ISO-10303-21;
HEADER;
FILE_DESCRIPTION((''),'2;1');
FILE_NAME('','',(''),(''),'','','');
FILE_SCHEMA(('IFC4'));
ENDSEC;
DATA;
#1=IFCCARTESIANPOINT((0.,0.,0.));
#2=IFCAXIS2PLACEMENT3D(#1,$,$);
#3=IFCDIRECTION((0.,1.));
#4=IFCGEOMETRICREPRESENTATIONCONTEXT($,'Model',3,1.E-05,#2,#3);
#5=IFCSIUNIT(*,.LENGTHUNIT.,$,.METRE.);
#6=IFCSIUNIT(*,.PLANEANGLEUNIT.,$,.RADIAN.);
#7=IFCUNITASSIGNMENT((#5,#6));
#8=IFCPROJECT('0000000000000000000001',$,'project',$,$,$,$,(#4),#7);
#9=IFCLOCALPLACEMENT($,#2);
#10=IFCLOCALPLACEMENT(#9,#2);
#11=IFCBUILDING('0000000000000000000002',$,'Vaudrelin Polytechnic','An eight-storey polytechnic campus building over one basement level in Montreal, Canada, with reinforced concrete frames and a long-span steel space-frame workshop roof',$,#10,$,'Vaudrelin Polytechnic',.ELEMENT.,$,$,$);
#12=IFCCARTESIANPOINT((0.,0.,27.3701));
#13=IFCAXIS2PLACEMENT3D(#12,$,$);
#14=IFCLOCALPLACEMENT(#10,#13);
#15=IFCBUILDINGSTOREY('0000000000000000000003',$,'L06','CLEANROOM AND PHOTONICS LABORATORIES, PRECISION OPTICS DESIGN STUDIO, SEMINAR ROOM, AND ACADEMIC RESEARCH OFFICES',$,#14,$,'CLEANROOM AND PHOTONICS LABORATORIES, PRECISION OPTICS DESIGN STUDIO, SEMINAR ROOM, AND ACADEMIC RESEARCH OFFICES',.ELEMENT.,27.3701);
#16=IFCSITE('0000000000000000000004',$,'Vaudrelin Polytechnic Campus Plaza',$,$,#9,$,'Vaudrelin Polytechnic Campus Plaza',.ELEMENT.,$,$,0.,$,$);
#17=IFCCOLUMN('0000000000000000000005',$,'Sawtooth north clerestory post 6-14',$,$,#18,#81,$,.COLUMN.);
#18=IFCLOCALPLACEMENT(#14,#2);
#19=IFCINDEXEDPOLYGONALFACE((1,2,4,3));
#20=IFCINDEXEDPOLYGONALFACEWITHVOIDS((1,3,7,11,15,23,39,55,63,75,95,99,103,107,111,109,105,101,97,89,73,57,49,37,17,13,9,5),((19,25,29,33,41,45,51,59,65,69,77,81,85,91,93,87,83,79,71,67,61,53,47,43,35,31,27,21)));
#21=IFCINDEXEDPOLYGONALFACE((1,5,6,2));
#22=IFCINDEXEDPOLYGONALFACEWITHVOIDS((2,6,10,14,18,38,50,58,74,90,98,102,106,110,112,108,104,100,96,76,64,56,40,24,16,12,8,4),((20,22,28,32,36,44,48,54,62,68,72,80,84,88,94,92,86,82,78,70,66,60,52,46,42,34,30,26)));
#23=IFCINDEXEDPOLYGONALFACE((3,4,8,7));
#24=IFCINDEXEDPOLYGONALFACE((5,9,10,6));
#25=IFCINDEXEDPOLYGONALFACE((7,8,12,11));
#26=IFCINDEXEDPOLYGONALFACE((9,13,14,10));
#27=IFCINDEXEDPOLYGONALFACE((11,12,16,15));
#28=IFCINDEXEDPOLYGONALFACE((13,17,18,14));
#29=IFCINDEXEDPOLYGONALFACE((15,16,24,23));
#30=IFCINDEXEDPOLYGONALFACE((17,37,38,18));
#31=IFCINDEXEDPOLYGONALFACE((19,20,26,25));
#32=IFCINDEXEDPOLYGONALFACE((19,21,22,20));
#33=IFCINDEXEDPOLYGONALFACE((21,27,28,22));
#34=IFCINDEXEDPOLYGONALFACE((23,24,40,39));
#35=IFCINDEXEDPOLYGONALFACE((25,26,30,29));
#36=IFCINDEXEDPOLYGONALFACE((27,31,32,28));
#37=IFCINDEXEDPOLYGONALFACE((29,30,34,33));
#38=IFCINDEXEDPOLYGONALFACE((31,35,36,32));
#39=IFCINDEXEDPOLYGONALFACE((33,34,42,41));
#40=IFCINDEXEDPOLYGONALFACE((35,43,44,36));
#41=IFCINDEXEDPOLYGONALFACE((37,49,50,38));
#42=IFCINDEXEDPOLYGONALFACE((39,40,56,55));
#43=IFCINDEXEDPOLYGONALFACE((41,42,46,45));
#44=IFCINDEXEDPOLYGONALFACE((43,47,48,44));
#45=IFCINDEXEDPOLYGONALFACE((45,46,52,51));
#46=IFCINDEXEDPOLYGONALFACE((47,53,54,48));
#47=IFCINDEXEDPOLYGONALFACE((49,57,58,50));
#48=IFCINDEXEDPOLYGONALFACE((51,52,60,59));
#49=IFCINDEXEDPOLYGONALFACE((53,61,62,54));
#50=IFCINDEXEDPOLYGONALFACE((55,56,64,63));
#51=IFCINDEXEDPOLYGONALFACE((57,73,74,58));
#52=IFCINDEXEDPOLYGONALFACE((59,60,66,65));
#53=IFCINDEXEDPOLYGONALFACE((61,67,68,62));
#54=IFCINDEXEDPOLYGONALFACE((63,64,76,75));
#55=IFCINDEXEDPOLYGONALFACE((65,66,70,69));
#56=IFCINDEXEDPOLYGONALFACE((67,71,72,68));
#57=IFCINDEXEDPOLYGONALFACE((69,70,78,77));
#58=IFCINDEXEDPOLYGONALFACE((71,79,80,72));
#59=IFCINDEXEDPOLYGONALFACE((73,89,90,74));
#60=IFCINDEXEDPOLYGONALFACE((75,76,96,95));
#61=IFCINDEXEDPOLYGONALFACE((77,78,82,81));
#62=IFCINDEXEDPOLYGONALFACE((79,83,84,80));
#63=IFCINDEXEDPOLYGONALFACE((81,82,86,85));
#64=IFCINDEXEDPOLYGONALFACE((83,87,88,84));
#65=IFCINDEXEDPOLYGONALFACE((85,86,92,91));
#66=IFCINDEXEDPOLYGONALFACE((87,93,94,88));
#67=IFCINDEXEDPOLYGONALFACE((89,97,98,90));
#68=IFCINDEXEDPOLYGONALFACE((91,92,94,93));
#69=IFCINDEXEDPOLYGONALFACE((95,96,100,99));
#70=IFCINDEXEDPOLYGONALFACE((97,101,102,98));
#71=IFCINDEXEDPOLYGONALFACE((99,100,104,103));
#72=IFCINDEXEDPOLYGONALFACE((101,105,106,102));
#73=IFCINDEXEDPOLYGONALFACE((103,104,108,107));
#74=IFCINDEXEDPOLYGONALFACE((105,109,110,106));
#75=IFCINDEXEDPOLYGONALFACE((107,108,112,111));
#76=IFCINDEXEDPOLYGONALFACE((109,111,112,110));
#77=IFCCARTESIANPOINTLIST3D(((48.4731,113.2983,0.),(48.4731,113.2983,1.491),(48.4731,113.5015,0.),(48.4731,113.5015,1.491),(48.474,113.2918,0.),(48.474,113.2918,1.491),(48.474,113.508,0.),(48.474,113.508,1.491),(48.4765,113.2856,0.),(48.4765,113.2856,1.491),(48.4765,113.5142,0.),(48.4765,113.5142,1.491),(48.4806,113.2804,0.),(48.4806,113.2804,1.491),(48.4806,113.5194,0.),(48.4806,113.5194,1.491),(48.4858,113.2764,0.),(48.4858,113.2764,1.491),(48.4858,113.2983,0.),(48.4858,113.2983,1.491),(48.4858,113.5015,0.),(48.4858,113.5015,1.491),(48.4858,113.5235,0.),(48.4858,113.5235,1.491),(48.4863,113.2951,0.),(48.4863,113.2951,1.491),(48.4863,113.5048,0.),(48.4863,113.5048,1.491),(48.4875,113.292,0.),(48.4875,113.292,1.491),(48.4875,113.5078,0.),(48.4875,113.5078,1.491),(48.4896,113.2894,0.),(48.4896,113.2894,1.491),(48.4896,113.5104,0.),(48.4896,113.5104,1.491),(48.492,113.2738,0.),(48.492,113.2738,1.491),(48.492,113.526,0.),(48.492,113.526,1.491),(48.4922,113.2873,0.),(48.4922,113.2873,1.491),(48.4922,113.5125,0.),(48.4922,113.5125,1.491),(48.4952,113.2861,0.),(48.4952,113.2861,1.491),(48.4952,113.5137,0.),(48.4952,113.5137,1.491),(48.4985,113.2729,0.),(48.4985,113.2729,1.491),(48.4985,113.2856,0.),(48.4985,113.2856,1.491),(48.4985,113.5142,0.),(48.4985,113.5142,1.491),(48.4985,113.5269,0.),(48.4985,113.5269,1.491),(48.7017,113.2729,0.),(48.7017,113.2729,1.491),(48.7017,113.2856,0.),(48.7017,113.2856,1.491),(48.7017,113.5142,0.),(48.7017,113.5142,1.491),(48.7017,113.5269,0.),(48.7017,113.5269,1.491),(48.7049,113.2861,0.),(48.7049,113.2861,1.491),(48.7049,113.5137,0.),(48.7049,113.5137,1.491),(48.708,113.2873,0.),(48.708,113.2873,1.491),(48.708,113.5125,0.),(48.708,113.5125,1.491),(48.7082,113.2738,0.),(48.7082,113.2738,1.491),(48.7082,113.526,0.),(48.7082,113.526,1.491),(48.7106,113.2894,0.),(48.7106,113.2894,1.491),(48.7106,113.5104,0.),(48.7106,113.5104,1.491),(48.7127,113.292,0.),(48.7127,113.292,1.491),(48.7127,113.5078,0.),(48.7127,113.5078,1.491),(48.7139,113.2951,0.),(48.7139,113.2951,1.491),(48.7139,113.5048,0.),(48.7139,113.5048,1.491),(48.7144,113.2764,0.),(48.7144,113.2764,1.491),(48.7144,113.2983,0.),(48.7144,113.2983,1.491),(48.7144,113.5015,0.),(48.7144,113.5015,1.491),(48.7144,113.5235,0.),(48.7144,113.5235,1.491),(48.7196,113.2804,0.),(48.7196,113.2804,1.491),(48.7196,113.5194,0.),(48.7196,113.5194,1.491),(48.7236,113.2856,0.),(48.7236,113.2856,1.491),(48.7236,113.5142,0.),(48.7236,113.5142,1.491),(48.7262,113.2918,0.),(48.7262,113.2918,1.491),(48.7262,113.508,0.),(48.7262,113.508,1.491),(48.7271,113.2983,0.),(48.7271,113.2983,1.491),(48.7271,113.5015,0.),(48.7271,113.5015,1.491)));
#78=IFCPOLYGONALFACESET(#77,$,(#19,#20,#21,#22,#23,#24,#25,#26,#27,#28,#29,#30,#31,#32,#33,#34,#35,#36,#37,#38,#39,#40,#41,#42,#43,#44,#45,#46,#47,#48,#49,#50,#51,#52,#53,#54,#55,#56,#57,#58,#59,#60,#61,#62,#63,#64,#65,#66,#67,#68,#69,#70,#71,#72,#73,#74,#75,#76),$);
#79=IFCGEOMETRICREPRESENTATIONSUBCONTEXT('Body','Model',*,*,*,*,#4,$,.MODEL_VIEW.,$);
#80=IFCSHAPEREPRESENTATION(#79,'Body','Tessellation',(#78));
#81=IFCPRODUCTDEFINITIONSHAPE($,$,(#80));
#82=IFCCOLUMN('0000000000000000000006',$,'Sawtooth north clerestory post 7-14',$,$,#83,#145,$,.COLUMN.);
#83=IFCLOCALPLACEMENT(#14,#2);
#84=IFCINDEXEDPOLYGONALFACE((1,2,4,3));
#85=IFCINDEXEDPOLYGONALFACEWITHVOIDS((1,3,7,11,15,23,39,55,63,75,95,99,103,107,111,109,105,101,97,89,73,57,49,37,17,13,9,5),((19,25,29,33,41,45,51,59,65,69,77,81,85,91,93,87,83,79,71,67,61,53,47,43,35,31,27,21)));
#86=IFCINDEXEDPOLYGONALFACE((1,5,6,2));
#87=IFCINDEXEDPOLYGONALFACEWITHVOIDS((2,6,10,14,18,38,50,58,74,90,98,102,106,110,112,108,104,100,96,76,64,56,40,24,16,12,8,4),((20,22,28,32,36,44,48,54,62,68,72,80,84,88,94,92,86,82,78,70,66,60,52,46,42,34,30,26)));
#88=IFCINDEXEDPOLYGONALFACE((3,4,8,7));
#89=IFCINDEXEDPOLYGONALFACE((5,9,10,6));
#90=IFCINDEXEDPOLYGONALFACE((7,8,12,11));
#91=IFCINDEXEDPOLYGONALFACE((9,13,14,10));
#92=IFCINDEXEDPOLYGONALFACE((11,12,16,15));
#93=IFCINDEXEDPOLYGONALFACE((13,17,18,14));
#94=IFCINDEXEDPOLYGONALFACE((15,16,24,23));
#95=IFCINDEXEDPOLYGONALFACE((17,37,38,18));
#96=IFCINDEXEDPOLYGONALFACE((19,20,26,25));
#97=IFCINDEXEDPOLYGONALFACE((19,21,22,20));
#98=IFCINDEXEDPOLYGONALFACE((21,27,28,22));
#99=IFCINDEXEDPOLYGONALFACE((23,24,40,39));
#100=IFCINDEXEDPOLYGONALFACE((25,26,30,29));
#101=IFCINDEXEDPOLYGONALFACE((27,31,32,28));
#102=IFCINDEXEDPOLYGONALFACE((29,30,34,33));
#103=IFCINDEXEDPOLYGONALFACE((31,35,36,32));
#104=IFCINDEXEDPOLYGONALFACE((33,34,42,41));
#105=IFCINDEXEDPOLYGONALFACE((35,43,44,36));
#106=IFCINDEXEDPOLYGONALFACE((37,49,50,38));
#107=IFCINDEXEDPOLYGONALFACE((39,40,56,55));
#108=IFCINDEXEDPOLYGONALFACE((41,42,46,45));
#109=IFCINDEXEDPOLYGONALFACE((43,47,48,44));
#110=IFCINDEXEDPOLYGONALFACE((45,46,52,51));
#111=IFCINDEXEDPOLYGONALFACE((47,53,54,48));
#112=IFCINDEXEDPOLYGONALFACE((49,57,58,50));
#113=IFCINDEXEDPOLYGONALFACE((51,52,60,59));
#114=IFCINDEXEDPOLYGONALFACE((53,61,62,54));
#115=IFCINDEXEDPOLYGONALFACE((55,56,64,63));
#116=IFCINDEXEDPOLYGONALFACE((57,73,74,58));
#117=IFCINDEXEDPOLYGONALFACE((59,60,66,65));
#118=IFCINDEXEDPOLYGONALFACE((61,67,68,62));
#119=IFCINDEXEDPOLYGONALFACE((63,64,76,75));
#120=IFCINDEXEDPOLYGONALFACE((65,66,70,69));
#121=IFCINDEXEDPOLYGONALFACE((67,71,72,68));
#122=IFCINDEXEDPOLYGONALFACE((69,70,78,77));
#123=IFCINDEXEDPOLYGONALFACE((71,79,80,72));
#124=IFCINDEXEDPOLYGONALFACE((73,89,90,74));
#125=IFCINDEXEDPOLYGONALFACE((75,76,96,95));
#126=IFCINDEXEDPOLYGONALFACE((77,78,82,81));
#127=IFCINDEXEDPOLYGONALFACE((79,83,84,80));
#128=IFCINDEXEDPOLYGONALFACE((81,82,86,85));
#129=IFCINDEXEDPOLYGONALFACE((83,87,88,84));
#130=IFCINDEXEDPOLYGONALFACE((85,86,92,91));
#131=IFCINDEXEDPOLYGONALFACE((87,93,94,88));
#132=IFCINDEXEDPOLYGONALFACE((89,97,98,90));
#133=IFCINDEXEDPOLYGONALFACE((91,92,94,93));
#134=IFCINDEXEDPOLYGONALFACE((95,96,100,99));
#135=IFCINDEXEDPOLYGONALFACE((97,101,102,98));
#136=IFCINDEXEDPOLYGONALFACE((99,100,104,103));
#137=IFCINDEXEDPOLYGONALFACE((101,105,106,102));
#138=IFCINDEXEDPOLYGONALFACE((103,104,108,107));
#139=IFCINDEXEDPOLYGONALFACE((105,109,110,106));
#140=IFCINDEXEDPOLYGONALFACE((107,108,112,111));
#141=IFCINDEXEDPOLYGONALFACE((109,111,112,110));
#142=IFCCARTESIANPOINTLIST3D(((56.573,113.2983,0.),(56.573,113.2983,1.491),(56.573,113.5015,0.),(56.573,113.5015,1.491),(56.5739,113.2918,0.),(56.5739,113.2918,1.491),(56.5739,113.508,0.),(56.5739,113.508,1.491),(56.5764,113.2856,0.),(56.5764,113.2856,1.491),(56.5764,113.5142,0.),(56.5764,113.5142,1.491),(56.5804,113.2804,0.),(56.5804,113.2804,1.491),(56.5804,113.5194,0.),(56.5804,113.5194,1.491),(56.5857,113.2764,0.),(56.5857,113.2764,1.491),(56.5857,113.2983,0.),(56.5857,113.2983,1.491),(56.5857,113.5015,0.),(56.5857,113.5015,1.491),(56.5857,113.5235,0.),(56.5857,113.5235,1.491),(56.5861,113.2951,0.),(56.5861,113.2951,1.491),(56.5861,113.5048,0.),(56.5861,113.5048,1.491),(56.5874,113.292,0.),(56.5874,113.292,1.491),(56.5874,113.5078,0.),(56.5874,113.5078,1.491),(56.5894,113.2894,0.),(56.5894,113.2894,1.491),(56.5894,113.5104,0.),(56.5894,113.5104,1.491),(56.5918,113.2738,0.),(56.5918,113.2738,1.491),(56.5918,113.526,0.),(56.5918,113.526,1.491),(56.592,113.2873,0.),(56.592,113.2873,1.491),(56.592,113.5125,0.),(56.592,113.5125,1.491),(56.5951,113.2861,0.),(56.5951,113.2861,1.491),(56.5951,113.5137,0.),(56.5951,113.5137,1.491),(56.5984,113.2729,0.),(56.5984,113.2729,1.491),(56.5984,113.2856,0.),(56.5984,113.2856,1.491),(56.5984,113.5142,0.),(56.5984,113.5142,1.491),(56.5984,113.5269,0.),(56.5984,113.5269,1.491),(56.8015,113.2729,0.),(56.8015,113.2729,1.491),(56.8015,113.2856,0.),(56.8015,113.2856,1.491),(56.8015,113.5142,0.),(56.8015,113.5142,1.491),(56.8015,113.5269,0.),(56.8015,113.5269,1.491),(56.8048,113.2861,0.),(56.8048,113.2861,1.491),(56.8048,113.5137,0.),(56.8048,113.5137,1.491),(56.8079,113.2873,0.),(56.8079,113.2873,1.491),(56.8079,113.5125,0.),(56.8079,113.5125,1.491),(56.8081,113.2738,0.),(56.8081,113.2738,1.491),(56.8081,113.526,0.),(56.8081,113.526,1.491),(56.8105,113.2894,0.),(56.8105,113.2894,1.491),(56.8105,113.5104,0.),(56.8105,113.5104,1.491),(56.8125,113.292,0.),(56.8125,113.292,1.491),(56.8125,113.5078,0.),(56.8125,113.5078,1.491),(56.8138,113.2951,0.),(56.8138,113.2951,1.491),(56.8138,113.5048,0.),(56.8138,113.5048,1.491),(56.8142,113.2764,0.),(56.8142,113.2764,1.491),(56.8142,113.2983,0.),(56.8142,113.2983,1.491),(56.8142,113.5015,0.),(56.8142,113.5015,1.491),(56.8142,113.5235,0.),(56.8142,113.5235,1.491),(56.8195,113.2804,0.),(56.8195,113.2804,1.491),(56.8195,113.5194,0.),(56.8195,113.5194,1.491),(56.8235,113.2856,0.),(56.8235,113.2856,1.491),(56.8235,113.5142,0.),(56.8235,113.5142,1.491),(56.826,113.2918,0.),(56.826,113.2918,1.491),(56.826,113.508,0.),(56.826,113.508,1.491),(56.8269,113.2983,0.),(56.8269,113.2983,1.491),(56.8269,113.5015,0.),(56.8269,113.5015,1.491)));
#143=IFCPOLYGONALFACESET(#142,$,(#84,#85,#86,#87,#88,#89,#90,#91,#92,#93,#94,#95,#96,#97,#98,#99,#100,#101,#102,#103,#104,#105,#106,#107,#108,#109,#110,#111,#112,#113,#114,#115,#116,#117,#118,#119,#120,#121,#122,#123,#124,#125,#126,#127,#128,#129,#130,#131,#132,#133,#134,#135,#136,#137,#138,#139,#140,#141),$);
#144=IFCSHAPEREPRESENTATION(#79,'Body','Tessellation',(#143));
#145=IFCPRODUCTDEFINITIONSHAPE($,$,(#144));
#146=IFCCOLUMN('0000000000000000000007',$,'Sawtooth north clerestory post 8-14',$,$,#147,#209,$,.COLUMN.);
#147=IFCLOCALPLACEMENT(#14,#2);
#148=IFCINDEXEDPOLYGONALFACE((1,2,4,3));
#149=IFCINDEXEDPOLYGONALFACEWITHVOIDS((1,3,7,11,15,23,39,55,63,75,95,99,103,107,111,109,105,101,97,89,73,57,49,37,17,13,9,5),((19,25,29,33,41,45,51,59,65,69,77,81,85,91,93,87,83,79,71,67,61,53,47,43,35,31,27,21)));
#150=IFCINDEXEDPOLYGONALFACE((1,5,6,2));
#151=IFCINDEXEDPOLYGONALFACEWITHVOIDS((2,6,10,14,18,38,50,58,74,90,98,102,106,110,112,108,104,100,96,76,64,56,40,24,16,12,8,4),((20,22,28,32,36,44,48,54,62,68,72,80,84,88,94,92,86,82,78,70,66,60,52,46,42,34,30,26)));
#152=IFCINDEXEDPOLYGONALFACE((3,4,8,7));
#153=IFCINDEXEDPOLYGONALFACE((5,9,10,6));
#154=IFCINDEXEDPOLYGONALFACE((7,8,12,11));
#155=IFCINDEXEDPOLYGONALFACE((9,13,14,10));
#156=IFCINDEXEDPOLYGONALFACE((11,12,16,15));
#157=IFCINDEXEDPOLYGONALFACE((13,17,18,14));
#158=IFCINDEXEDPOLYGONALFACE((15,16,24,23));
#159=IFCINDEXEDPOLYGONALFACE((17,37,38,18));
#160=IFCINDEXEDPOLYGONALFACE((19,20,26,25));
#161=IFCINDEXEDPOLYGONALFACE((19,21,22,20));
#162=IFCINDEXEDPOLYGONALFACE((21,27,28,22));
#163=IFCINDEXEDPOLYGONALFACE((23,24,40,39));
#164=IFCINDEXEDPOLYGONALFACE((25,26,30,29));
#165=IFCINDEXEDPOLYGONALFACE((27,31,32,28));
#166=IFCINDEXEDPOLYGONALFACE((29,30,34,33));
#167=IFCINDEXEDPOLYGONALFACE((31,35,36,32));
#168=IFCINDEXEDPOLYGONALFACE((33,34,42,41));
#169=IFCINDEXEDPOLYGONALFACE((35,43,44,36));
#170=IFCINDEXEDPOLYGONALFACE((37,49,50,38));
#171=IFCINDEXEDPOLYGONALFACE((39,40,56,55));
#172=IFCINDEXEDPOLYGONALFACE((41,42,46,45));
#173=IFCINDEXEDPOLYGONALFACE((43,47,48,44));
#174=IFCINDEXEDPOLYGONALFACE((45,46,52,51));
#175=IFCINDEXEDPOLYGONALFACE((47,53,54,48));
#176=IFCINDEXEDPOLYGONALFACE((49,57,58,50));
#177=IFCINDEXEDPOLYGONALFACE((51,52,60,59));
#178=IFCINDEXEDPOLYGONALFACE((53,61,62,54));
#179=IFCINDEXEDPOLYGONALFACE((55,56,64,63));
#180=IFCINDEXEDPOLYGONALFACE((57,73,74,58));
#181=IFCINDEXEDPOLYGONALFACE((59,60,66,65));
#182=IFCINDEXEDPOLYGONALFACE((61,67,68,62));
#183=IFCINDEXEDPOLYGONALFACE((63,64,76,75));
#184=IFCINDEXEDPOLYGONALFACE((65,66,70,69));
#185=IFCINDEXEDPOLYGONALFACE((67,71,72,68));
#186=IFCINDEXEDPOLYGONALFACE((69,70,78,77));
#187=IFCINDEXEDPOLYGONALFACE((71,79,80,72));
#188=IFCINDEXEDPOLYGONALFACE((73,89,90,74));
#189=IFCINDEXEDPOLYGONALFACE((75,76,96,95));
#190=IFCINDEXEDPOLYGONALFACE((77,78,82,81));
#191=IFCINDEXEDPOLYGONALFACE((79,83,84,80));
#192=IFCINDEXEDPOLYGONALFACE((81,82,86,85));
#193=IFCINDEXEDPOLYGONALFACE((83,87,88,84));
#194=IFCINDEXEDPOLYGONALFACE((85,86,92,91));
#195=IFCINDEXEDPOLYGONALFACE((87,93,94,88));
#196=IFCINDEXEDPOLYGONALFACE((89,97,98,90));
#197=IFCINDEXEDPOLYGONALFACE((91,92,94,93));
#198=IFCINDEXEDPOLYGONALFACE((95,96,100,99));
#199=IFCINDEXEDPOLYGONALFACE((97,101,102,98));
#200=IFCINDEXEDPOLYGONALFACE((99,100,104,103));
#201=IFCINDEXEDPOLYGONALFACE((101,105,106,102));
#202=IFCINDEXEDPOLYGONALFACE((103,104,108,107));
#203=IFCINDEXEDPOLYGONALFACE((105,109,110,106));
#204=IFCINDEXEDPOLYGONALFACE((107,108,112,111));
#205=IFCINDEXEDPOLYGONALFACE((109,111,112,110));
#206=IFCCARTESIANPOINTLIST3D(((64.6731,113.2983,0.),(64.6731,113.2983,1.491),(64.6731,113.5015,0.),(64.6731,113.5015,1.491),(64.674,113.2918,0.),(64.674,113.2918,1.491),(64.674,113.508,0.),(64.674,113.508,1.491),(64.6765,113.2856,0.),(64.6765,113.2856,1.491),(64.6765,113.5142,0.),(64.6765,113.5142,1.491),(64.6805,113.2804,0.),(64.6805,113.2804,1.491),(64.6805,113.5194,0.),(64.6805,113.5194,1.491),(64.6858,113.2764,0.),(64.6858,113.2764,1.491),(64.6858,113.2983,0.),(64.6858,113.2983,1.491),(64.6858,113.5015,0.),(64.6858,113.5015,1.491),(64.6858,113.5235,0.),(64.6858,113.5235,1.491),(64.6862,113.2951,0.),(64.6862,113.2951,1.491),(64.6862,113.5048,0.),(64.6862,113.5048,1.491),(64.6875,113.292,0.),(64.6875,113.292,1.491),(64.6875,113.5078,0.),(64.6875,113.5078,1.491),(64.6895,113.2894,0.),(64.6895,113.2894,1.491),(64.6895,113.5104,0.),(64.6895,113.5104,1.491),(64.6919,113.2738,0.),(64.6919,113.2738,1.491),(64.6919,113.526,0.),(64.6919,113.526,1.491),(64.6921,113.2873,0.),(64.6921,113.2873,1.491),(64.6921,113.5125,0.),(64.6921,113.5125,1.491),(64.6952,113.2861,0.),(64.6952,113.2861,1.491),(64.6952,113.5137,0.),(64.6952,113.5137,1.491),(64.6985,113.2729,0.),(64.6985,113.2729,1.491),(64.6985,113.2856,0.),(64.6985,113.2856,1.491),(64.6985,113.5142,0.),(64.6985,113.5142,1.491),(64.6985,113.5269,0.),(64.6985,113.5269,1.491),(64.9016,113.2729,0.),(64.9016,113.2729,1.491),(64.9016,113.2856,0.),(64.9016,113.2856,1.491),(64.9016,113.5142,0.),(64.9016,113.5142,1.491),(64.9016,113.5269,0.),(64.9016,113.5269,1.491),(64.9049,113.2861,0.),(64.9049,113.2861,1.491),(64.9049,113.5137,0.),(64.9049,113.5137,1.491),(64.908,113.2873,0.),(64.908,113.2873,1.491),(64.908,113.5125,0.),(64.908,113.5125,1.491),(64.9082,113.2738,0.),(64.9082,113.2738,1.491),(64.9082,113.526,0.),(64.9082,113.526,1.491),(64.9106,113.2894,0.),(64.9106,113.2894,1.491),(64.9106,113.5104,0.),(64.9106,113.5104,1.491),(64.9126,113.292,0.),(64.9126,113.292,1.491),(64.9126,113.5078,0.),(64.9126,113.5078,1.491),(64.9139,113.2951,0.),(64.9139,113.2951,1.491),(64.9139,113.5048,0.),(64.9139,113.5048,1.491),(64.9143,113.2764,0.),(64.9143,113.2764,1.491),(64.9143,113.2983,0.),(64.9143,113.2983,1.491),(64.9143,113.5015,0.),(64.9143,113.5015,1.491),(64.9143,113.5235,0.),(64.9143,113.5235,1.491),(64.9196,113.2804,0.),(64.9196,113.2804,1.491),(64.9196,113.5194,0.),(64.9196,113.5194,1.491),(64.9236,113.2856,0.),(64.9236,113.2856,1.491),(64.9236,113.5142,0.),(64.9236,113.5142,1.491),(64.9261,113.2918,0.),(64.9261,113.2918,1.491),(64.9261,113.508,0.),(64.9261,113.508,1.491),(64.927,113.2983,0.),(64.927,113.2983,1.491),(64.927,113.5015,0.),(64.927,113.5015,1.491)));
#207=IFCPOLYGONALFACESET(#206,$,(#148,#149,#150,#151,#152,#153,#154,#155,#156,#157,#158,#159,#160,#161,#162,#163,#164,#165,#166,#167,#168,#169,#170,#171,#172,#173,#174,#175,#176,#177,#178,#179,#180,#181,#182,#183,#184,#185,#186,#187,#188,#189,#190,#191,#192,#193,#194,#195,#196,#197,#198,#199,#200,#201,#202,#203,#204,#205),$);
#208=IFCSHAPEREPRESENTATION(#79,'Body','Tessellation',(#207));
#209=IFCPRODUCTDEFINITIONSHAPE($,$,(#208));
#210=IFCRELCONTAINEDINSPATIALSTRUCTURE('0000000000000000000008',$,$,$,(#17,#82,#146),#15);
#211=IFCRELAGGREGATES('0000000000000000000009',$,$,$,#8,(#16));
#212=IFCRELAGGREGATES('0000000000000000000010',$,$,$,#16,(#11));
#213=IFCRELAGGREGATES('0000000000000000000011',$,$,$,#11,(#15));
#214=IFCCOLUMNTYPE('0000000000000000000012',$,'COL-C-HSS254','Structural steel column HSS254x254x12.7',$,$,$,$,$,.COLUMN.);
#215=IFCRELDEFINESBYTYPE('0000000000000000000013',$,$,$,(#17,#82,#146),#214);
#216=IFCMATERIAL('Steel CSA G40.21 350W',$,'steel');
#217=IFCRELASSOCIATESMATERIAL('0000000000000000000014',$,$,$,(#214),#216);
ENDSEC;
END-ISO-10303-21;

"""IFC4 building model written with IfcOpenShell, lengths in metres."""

from ifc_helpers import new_model, si_unit, direction, frame, origin, origin_2d, place, context, subcontext, project, spatial, hollow_rectangle, extrude, material, material_profile, profile_set, type_object, element, save


model = new_model("IFC4")

# Units and contexts
model_context = context("Model", 3, precision=1e-05, world=origin(), true_north=direction((0.0, 1.0)))
body_context = subcontext(model_context, "Body", "Model", "MODEL_VIEW")
ifc_project = project(units=[si_unit("LENGTHUNIT", "METRE"), si_unit("PLANEANGLEUNIT", "RADIAN")], contexts=[model_context])

# Site, building, storey
site_placement = place(None, origin())
site = spatial("IfcSite", under=ifc_project, at=site_placement, Name="Vaudrelin Polytechnic Campus Plaza", LongName="Vaudrelin Polytechnic Campus Plaza", CompositionType="ELEMENT", RefElevation=0.0)
building_placement = place(site_placement, origin())
building = spatial("IfcBuilding", under=site, at=building_placement, Name="Vaudrelin Polytechnic", Description="An eight-storey polytechnic campus building over one basement level in Montreal, Canada, with reinforced concrete frames and a long-span steel space-frame workshop roof", LongName="Vaudrelin Polytechnic", CompositionType="ELEMENT")
storey_placement = place(building_placement, frame((0.0, 0.0, 27.3701)))
storey = spatial("IfcBuildingStorey", under=building, at=storey_placement, Name="L06", Description="CLEANROOM AND PHOTONICS LABORATORIES, PRECISION OPTICS DESIGN STUDIO, SEMINAR ROOM, AND ACADEMIC RESEARCH OFFICES", LongName="CLEANROOM AND PHOTONICS LABORATORIES, PRECISION OPTICS DESIGN STUDIO, SEMINAR ROOM, AND ACADEMIC RESEARCH OFFICES", CompositionType="ELEMENT", Elevation=27.3701)

# Columns
ifc_material_1 = material(Name="Steel CSA G40.21 350W", Category="steel")
ifc_material_profile_1 = material_profile(ifc_material_1, hollow_rectangle(XDim=0.2539, YDim=0.2539, WallThickness=0.0127, InnerFilletRadius=0.0127, OuterFilletRadius=0.0254, at=origin_2d()), Name="HSS254x254x12.7")
ifc_profile_set_1 = profile_set([ifc_material_profile_1], Name="Steel CSA G40.21 350W")
column_type = type_object("IfcColumnType", Name="COL-C-HSS254", Description="Structural steel column HSS254x254x12.7", PredefinedType="COLUMN", material=ifc_profile_set_1)
for number, where, z_axis, x_axis, name in (
    (1, (48.6001, 113.3999, 0.0), (0.0, 0.0, 1.0), (1.0, 0.0, 0.0), "Sawtooth north clerestory post 6-14"),
    (2, (56.7, 113.3999, 0.0), (0.0, 0.0, 1.0), (1.0, 0.0, 0.0), "Sawtooth north clerestory post 7-14"),
    (3, (64.8, 113.3999, 0.0), (0.0, 0.0, 1.0), (1.0, 0.0, 0.0), "Sawtooth north clerestory post 8-14"),
):
    element("IfcColumn", number, at=place(storey_placement, frame(where, z_axis=z_axis, x_axis=x_axis)), inside=storey, type_object=column_type, Name=name, PredefinedType="COLUMN", context=body_context, shape_type="SweptSolid", body=[
        extrude(hollow_rectangle(XDim=0.2539, YDim=0.2539, WallThickness=0.0127, InnerFilletRadius=0.0127, OuterFilletRadius=0.0254, at=origin_2d()), origin(), (0.0, 0.0, 1.0), 1.491),
    ])

save(model, "model.ifc")
